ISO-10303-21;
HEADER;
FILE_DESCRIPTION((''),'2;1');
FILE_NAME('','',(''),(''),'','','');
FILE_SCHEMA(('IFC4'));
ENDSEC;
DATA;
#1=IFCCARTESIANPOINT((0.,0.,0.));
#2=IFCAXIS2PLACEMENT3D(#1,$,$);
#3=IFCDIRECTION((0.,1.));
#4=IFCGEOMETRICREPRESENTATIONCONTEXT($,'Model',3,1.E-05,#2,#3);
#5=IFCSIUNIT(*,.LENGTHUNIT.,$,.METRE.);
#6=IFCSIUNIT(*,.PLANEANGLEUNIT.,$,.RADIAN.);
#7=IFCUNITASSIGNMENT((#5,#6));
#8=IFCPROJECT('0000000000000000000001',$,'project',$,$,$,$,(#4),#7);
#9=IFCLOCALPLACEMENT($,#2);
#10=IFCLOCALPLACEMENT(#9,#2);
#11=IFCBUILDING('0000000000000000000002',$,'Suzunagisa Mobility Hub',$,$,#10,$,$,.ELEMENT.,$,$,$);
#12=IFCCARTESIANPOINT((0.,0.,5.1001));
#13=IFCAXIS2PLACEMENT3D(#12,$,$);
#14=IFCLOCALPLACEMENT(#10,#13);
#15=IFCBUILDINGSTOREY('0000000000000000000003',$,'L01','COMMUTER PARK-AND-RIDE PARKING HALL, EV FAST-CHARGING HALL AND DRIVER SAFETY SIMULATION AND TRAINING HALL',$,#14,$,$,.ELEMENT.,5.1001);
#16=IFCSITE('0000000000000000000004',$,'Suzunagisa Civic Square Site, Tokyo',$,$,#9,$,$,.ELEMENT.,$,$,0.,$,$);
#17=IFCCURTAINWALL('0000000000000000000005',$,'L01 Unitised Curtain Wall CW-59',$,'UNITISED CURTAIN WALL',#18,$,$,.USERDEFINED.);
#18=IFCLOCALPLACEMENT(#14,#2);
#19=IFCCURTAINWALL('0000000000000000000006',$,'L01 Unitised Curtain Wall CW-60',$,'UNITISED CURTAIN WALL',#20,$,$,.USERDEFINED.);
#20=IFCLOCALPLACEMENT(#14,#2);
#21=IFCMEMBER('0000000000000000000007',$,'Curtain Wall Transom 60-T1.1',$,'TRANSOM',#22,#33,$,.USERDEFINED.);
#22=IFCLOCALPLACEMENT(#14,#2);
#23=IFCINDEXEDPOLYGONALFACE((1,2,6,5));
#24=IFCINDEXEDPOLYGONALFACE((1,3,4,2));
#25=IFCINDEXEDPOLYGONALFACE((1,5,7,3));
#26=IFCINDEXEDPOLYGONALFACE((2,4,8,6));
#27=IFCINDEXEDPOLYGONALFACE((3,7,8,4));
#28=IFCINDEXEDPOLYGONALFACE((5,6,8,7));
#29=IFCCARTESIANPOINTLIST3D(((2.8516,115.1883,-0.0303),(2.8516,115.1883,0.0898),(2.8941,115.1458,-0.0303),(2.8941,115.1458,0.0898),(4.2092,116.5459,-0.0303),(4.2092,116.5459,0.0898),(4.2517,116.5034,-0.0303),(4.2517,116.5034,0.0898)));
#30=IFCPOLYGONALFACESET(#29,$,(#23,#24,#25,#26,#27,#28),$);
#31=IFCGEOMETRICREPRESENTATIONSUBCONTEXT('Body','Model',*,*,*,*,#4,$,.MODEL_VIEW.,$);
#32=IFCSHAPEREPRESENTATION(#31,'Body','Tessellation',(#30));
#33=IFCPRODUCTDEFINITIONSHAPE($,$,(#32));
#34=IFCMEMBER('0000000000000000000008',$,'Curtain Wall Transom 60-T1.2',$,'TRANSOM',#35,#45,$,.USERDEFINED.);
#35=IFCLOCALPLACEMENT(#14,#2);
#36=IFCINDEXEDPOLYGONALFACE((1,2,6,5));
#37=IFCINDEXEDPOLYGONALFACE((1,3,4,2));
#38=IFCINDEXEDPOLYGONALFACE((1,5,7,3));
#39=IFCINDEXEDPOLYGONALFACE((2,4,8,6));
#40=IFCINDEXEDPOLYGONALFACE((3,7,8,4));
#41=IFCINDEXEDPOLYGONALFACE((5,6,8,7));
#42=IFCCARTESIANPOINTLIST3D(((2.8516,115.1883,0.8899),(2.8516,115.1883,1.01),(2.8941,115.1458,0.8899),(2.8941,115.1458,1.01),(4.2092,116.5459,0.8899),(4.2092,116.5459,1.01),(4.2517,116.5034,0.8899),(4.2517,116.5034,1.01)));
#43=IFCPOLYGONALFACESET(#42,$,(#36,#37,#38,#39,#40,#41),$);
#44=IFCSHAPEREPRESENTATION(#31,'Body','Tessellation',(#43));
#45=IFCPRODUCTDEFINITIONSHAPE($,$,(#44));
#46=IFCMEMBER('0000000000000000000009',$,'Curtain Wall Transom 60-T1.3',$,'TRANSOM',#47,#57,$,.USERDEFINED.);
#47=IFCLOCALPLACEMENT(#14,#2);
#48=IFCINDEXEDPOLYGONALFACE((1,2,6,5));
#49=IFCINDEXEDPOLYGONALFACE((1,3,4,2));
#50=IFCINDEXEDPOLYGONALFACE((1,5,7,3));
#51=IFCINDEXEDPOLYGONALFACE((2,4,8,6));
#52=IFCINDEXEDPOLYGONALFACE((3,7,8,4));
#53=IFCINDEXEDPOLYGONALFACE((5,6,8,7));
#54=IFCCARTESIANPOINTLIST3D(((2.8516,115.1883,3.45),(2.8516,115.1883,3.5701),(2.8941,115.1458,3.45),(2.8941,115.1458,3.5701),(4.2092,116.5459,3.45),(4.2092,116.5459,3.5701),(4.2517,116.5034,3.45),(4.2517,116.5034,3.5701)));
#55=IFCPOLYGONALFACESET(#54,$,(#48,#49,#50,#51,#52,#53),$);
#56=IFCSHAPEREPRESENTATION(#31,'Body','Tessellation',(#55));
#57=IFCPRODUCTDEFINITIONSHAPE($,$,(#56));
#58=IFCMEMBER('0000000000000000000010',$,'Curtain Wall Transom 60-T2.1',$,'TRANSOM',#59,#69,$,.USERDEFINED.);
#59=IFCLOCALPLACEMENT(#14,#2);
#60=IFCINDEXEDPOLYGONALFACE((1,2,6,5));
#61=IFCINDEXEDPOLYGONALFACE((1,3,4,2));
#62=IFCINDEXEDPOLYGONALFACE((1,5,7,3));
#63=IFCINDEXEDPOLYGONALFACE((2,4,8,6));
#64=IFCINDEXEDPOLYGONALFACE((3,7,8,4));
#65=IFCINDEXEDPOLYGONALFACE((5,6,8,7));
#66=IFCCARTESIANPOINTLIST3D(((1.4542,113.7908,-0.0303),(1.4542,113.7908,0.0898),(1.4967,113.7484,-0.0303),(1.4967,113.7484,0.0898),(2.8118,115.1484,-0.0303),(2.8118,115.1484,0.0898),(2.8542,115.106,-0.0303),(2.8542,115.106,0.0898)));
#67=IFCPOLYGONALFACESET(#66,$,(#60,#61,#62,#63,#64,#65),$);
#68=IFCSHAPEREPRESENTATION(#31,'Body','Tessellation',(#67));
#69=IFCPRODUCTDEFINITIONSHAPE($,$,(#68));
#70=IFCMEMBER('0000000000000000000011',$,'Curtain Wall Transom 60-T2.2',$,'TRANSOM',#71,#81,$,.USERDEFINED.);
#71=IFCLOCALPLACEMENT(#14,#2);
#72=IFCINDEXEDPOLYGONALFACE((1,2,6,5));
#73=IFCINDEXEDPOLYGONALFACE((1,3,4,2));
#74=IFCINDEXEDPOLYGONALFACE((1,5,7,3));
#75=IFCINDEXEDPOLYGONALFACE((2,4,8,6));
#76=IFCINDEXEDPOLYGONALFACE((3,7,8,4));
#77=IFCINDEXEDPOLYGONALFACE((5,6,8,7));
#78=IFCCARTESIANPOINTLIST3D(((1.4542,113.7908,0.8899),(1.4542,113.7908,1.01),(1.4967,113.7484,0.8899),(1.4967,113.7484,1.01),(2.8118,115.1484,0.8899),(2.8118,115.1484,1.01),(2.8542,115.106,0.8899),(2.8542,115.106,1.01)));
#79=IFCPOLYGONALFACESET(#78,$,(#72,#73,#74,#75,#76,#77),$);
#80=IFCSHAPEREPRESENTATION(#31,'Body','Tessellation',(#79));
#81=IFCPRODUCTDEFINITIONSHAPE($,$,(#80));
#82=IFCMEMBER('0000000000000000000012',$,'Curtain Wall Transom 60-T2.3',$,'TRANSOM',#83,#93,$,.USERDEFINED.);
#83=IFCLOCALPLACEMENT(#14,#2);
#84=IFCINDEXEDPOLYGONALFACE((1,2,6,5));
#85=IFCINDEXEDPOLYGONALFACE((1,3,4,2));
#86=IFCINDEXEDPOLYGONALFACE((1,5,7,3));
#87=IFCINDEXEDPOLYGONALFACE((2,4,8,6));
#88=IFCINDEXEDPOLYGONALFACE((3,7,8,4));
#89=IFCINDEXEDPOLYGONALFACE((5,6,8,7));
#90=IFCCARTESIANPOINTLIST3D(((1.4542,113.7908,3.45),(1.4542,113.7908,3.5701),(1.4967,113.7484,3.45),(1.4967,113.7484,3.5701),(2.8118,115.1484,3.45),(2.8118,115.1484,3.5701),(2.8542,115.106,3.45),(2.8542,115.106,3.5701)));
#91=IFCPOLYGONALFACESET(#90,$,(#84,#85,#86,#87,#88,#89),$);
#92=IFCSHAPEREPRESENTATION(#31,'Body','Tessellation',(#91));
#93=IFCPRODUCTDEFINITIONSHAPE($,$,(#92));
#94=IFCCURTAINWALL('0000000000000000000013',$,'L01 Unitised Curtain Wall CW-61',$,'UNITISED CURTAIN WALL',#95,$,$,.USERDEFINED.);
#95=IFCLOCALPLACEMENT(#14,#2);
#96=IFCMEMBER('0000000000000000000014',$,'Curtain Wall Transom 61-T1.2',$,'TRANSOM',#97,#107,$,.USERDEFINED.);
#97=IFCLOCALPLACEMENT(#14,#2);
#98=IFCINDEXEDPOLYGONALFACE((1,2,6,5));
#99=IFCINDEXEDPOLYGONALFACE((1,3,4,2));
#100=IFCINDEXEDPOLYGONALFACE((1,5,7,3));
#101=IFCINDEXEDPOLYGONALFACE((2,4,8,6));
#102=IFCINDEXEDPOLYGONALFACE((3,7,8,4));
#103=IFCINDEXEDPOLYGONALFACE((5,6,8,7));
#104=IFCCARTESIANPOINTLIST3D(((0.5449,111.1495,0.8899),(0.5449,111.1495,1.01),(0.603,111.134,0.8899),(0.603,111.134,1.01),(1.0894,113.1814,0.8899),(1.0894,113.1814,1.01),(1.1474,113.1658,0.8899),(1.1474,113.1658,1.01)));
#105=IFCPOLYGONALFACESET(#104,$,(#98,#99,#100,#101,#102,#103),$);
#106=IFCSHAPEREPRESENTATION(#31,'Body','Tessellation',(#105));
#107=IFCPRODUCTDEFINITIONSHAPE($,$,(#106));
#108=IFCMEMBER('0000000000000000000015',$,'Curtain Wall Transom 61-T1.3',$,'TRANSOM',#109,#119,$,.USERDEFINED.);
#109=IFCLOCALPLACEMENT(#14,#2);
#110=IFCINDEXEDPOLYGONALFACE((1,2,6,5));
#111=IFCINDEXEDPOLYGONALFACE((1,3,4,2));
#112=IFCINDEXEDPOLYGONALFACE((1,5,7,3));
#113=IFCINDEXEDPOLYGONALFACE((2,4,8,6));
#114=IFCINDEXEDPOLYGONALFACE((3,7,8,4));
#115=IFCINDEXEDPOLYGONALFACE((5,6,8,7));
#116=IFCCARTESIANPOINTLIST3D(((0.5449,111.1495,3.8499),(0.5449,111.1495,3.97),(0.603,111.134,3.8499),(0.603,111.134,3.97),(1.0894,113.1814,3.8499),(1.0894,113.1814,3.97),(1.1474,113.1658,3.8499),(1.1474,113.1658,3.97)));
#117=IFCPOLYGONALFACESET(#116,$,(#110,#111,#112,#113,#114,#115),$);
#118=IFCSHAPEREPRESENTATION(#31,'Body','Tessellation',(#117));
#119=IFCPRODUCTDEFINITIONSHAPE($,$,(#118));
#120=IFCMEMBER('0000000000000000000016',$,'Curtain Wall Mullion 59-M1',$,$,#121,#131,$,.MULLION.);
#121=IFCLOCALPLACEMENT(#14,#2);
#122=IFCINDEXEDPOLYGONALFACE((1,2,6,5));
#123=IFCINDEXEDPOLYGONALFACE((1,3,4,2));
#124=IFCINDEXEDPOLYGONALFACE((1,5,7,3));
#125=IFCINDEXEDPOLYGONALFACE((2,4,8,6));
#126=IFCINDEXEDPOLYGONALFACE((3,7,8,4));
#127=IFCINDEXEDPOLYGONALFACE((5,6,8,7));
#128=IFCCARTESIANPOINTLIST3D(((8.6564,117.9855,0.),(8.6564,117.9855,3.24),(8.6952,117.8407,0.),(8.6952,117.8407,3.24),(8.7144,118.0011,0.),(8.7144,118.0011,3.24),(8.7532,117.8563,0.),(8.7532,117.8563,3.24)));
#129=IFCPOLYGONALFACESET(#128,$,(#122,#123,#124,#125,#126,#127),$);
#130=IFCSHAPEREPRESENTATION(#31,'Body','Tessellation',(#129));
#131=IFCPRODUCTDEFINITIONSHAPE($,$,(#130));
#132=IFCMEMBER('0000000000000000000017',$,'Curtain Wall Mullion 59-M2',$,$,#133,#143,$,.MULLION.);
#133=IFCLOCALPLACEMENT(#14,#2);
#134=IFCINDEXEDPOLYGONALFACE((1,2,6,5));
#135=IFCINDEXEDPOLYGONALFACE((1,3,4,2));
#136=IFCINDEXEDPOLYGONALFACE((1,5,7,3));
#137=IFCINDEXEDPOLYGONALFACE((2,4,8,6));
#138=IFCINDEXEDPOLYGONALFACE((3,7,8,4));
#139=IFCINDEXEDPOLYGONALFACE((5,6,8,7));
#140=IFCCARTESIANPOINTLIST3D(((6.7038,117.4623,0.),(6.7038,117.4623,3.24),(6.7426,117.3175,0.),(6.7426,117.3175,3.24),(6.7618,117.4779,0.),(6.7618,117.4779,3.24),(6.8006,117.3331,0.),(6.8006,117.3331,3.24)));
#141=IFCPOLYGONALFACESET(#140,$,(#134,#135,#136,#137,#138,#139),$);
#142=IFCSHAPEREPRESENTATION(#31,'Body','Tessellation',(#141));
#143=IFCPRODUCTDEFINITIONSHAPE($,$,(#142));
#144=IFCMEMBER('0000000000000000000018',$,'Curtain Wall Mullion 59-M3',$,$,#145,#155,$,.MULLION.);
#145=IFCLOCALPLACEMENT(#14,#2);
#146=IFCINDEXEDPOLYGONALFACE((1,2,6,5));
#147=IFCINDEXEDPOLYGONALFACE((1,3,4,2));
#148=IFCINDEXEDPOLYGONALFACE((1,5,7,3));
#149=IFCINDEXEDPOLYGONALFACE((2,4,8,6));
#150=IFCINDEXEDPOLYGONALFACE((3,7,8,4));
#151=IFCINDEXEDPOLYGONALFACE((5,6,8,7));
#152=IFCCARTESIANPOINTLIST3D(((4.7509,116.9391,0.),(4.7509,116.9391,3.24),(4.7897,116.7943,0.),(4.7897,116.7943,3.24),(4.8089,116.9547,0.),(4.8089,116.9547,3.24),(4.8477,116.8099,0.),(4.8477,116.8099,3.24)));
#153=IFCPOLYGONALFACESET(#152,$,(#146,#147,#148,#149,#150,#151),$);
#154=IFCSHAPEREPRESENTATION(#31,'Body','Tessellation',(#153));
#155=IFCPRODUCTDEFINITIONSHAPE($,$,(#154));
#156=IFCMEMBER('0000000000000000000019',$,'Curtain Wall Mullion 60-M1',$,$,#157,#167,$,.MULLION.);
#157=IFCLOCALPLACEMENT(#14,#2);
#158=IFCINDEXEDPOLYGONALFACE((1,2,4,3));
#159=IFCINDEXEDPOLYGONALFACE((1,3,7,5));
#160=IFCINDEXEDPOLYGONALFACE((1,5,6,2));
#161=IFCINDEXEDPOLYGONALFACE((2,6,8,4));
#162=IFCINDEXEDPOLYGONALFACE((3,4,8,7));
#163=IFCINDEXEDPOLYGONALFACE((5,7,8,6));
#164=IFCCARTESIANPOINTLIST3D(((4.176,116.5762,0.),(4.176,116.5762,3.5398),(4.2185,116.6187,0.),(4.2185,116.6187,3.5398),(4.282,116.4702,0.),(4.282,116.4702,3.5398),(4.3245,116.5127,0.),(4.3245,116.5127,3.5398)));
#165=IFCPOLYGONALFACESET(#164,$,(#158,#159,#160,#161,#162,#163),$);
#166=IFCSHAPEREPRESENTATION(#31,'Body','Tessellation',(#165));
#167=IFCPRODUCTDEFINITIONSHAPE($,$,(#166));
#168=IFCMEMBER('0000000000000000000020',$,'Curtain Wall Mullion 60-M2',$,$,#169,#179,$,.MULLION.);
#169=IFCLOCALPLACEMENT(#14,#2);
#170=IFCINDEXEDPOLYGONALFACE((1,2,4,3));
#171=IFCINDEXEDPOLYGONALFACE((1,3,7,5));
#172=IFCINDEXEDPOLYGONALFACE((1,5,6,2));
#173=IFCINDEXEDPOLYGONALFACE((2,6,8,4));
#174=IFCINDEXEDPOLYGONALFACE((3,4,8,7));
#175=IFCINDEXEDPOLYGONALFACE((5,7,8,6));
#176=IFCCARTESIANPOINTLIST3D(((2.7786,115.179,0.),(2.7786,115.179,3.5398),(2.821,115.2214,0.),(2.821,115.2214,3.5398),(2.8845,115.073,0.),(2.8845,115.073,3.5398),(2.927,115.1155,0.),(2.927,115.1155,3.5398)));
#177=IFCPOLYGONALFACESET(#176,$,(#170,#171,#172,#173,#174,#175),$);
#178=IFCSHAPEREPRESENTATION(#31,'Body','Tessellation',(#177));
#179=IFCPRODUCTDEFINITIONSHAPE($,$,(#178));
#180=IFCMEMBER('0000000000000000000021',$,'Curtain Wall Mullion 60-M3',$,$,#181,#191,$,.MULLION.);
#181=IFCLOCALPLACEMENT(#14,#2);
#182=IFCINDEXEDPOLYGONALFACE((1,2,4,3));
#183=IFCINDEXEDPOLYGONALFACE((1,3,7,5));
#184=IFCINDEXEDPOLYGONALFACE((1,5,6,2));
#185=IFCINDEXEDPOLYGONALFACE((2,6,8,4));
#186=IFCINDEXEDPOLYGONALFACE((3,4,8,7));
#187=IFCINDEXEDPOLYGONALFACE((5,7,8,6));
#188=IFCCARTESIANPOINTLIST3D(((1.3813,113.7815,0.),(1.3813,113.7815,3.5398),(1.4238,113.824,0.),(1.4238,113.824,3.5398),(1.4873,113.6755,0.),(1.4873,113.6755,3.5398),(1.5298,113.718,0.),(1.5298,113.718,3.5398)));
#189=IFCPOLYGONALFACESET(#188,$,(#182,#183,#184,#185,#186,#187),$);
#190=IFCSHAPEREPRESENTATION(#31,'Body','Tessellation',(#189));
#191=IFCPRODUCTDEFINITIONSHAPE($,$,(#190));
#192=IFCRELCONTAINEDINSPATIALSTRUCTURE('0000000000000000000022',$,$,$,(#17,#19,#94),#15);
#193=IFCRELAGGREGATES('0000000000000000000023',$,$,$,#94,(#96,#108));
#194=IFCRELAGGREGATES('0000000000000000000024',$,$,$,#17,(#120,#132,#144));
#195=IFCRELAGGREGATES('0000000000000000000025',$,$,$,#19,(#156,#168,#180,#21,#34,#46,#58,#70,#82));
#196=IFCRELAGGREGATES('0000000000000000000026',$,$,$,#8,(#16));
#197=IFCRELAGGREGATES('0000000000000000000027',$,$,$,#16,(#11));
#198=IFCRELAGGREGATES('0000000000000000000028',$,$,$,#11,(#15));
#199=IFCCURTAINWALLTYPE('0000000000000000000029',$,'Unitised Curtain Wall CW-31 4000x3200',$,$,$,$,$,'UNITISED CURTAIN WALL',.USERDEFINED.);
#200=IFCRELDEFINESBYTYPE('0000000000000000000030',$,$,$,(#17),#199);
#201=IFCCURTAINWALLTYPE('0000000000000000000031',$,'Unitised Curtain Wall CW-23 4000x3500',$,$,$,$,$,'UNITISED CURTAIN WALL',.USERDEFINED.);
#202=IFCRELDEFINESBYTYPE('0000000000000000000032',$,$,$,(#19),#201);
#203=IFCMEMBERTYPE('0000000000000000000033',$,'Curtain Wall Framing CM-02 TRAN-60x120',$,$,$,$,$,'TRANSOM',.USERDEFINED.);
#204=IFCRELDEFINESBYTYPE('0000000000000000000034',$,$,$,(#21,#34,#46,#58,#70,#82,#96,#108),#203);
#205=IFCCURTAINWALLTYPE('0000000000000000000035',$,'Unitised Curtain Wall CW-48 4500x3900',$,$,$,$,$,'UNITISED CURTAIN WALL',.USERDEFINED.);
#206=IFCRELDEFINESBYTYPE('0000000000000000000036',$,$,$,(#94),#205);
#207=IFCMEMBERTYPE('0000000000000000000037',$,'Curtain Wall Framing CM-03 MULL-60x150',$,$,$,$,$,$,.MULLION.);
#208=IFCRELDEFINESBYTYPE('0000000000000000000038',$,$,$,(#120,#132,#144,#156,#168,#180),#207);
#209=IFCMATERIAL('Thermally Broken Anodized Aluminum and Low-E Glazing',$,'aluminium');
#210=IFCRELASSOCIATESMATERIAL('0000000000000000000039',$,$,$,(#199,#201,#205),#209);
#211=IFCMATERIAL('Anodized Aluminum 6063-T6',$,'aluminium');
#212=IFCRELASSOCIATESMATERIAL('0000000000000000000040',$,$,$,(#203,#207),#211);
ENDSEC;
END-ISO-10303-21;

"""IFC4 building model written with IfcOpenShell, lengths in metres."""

from ifc_helpers import new_model, si_unit, direction, frame, origin, origin_2d, place, context, subcontext, project, spatial, rectangle, extrude, material, material_profile, profile_set, type_object, element, aggregate, save


model = new_model("IFC4")

# Units and contexts
model_context = context("Model", 3, precision=1e-05, world=origin(), true_north=direction((0.0, 1.0)))
body_context = subcontext(model_context, "Body", "Model", "MODEL_VIEW")
ifc_project = project(units=[si_unit("LENGTHUNIT", "METRE"), si_unit("PLANEANGLEUNIT", "RADIAN")], contexts=[model_context])

# Site, building, storey
site_placement = place(None, origin())
site = spatial("IfcSite", under=ifc_project, at=site_placement, Name="Suzunagisa Civic Square Site, Tokyo", CompositionType="ELEMENT", RefElevation=0.0)
building_placement = place(site_placement, origin())
building = spatial("IfcBuilding", under=site, at=building_placement, Name="Suzunagisa Mobility Hub", CompositionType="ELEMENT")
storey_placement = place(building_placement, frame((0.0, 0.0, 5.1001)))
storey = spatial("IfcBuildingStorey", under=building, at=storey_placement, Name="L01", Description="COMMUTER PARK-AND-RIDE PARKING HALL, EV FAST-CHARGING HALL AND DRIVER SAFETY SIMULATION AND TRAINING HALL", CompositionType="ELEMENT", Elevation=5.1001)

# Curtain walls, members
ifc_material_1 = material(Name="Thermally Broken Anodized Aluminum and Low-E Glazing", Category="aluminium")
curtain_wall_type_1 = type_object("IfcCurtainWallType", Name="Unitised Curtain Wall CW-31 4000x3200", ElementType="UNITISED CURTAIN WALL", PredefinedType="USERDEFINED", material=ifc_material_1)
curtain_wall_1_placement = place(storey_placement, origin())
curtain_wall_1 = element("IfcCurtainWall", 1, at=curtain_wall_1_placement, inside=storey, type_object=curtain_wall_type_1, Name="L01 Unitised Curtain Wall CW-59", ObjectType="UNITISED CURTAIN WALL", PredefinedType="USERDEFINED")
ifc_material_2 = material(Name="Anodized Aluminum 6063-T6", Category="aluminium")
ifc_material_profile_1 = material_profile(ifc_material_2, rectangle(XDim=0.0601, YDim=0.1201, at=origin_2d()), Name="TRAN-60x120")
ifc_profile_set_1 = profile_set([ifc_material_profile_1], Name="Anodized Aluminum 6063-T6")
member_type_1 = type_object("IfcMemberType", Name="Curtain Wall Framing CM-02 TRAN-60x120", ElementType="TRANSOM", PredefinedType="USERDEFINED", material=ifc_profile_set_1)
curtain_wall_type_2 = type_object("IfcCurtainWallType", Name="Unitised Curtain Wall CW-23 4000x3500", ElementType="UNITISED CURTAIN WALL", PredefinedType="USERDEFINED", material=ifc_material_1)
curtain_wall_2_placement = place(storey_placement, origin())
curtain_wall_2 = element("IfcCurtainWall", 2, at=curtain_wall_2_placement, inside=storey, type_object=curtain_wall_type_2, Name="L01 Unitised Curtain Wall CW-60", ObjectType="UNITISED CURTAIN WALL", PredefinedType="USERDEFINED")
member_1_placement = place(storey_placement, frame((4.2305, 116.5247, 0.0298), z_axis=(-0.707107, -0.707107, 0.0), x_axis=(0.707107, -0.707107, 0.0)))
member_1 = element("IfcMember", 3, at=member_1_placement, type_object=member_type_1, Name="Curtain Wall Transom 60-T1.1", ObjectType="TRANSOM", PredefinedType="USERDEFINED", context=body_context, shape_type="SweptSolid", body=[
    extrude(rectangle(XDim=0.0601, YDim=0.1201, at=origin_2d()), origin(), (0.0, 0.0, 1.0), 1.9199),
])
member_2_placement = place(storey_placement, frame((4.2305, 116.5247, 0.95), z_axis=(-0.707107, -0.707107, 0.0), x_axis=(0.707107, -0.707107, 0.0)))
member_2 = element("IfcMember", 4, at=member_2_placement, type_object=member_type_1, Name="Curtain Wall Transom 60-T1.2", ObjectType="TRANSOM", PredefinedType="USERDEFINED", context=body_context, shape_type="SweptSolid", body=[
    extrude(rectangle(XDim=0.0601, YDim=0.1201, at=origin_2d()), origin(), (0.0, 0.0, 1.0), 1.9199),
])
member_3_placement = place(storey_placement, frame((4.2305, 116.5247, 3.51), z_axis=(-0.707107, -0.707107, 0.0), x_axis=(0.707107, -0.707107, 0.0)))
member_3 = element("IfcMember", 5, at=member_3_placement, type_object=member_type_1, Name="Curtain Wall Transom 60-T1.3", ObjectType="TRANSOM", PredefinedType="USERDEFINED", context=body_context, shape_type="SweptSolid", body=[
    extrude(rectangle(XDim=0.0601, YDim=0.1201, at=origin_2d()), origin(), (0.0, 0.0, 1.0), 1.9199),
])
member_4_placement = place(storey_placement, frame((2.833, 115.1272, 0.0298), z_axis=(-0.707107, -0.707107, 0.0), x_axis=(0.707107, -0.707107, 0.0)))
member_4 = element("IfcMember", 6, at=member_4_placement, type_object=member_type_1, Name="Curtain Wall Transom 60-T2.1", ObjectType="TRANSOM", PredefinedType="USERDEFINED", context=body_context, shape_type="SweptSolid", body=[
    extrude(rectangle(XDim=0.0601, YDim=0.1201, at=origin_2d()), origin(), (0.0, 0.0, 1.0), 1.9199),
])
member_5_placement = place(storey_placement, frame((2.833, 115.1272, 0.95), z_axis=(-0.707107, -0.707107, 0.0), x_axis=(0.707107, -0.707107, 0.0)))
member_5 = element("IfcMember", 7, at=member_5_placement, type_object=member_type_1, Name="Curtain Wall Transom 60-T2.2", ObjectType="TRANSOM", PredefinedType="USERDEFINED", context=body_context, shape_type="SweptSolid", body=[
    extrude(rectangle(XDim=0.0601, YDim=0.1201, at=origin_2d()), origin(), (0.0, 0.0, 1.0), 1.9199),
])
member_6_placement = place(storey_placement, frame((2.833, 115.1272, 3.51), z_axis=(-0.707107, -0.707107, 0.0), x_axis=(0.707107, -0.707107, 0.0)))
member_6 = element("IfcMember", 8, at=member_6_placement, type_object=member_type_1, Name="Curtain Wall Transom 60-T2.3", ObjectType="TRANSOM", PredefinedType="USERDEFINED", context=body_context, shape_type="SweptSolid", body=[
    extrude(rectangle(XDim=0.0601, YDim=0.1201, at=origin_2d()), origin(), (0.0, 0.0, 1.0), 1.9199),
])
curtain_wall_type_3 = type_object("IfcCurtainWallType", Name="Unitised Curtain Wall CW-48 4500x3900", ElementType="UNITISED CURTAIN WALL", PredefinedType="USERDEFINED", material=ifc_material_1)
curtain_wall_3_placement = place(storey_placement, origin())
curtain_wall_3 = element("IfcCurtainWall", 9, at=curtain_wall_3_placement, inside=storey, type_object=curtain_wall_type_3, Name="L01 Unitised Curtain Wall CW-61", ObjectType="UNITISED CURTAIN WALL", PredefinedType="USERDEFINED")
member_7_placement = place(storey_placement, frame((1.1184, 113.1736, 0.95), z_axis=(-0.258833, -0.965922, 0.0), x_axis=(0.965922, -0.258833, 0.0)))
member_7 = element("IfcMember", 10, at=member_7_placement, type_object=member_type_1, Name="Curtain Wall Transom 61-T1.2", ObjectType="TRANSOM", PredefinedType="USERDEFINED", context=body_context, shape_type="SweptSolid", body=[
    extrude(rectangle(XDim=0.0601, YDim=0.1201, at=origin_2d()), origin(), (0.0, 0.0, 1.0), 2.1035),
])
member_8_placement = place(storey_placement, frame((1.1184, 113.1736, 3.9099), z_axis=(-0.258833, -0.965922, 0.0), x_axis=(0.965922, -0.258833, 0.0)))
member_8 = element("IfcMember", 11, at=member_8_placement, type_object=member_type_1, Name="Curtain Wall Transom 61-T1.3", ObjectType="TRANSOM", PredefinedType="USERDEFINED", context=body_context, shape_type="SweptSolid", body=[
    extrude(rectangle(XDim=0.0601, YDim=0.1201, at=origin_2d()), origin(), (0.0, 0.0, 1.0), 2.1035),
])

# Members
ifc_material_profile_2 = material_profile(ifc_material_2, rectangle(XDim=0.0601, YDim=0.1499, at=origin_2d()), Name="MULL-60x150")
ifc_profile_set_2 = profile_set([ifc_material_profile_2], Name="Anodized Aluminum 6063-T6")
member_type_2 = type_object("IfcMemberType", Name="Curtain Wall Framing CM-03 MULL-60x150", PredefinedType="MULLION", material=ifc_profile_set_2)
member_9_placement = place(storey_placement, frame((8.7048, 117.9209, 0.0), z_axis=(0.0, 0.0, 1.0), x_axis=(-0.965925, -0.258821, 0.0)))
member_9 = element("IfcMember", 12, at=member_9_placement, type_object=member_type_2, Name="Curtain Wall Mullion 59-M1", PredefinedType="MULLION", context=body_context, shape_type="SweptSolid", body=[
    extrude(rectangle(XDim=0.0601, YDim=0.1499, at=origin_2d()), origin(), (0.0, 0.0, 1.0), 3.24),
])
member_10_placement = place(storey_placement, frame((6.7522, 117.3977, 0.0), z_axis=(0.0, 0.0, 1.0), x_axis=(-0.965925, -0.258821, 0.0)))
member_10 = element("IfcMember", 13, at=member_10_placement, type_object=member_type_2, Name="Curtain Wall Mullion 59-M2", PredefinedType="MULLION", context=body_context, shape_type="SweptSolid", body=[
    extrude(rectangle(XDim=0.0601, YDim=0.1499, at=origin_2d()), origin(), (0.0, 0.0, 1.0), 3.24),
])
member_11_placement = place(storey_placement, frame((4.7993, 116.8745, 0.0), z_axis=(0.0, 0.0, 1.0), x_axis=(-0.965925, -0.258821, 0.0)))
member_11 = element("IfcMember", 14, at=member_11_placement, type_object=member_type_2, Name="Curtain Wall Mullion 59-M3", PredefinedType="MULLION", context=body_context, shape_type="SweptSolid", body=[
    extrude(rectangle(XDim=0.0601, YDim=0.1499, at=origin_2d()), origin(), (0.0, 0.0, 1.0), 3.24),
])
member_12_placement = place(storey_placement, frame((4.2502, 116.5444, 0.0), z_axis=(0.0, 0.0, 1.0), x_axis=(-0.707107, -0.707107, 0.0)))
member_12 = element("IfcMember", 15, at=member_12_placement, type_object=member_type_2, Name="Curtain Wall Mullion 60-M1", PredefinedType="MULLION", context=body_context, shape_type="SweptSolid", body=[
    extrude(rectangle(XDim=0.0601, YDim=0.1499, at=origin_2d()), origin(), (0.0, 0.0, 1.0), 3.5398),
])
member_13_placement = place(storey_placement, frame((2.8528, 115.1472, 0.0), z_axis=(0.0, 0.0, 1.0), x_axis=(-0.707107, -0.707107, 0.0)))
member_13 = element("IfcMember", 16, at=member_13_placement, type_object=member_type_2, Name="Curtain Wall Mullion 60-M2", PredefinedType="MULLION", context=body_context, shape_type="SweptSolid", body=[
    extrude(rectangle(XDim=0.0601, YDim=0.1499, at=origin_2d()), origin(), (0.0, 0.0, 1.0), 3.5398),
])
member_14_placement = place(storey_placement, frame((1.4556, 113.7498, 0.0), z_axis=(0.0, 0.0, 1.0), x_axis=(-0.707107, -0.707107, 0.0)))
member_14 = element("IfcMember", 17, at=member_14_placement, type_object=member_type_2, Name="Curtain Wall Mullion 60-M3", PredefinedType="MULLION", context=body_context, shape_type="SweptSolid", body=[
    extrude(rectangle(XDim=0.0601, YDim=0.1499, at=origin_2d()), origin(), (0.0, 0.0, 1.0), 3.5398),
])
aggregate(curtain_wall_3, [member_7, member_8])

aggregate(curtain_wall_1, [member_9, member_10, member_11])
aggregate(curtain_wall_2, [member_12, member_13, member_14, member_1, member_2, member_3, member_4, member_5, member_6])

save(model, "model.ifc")
